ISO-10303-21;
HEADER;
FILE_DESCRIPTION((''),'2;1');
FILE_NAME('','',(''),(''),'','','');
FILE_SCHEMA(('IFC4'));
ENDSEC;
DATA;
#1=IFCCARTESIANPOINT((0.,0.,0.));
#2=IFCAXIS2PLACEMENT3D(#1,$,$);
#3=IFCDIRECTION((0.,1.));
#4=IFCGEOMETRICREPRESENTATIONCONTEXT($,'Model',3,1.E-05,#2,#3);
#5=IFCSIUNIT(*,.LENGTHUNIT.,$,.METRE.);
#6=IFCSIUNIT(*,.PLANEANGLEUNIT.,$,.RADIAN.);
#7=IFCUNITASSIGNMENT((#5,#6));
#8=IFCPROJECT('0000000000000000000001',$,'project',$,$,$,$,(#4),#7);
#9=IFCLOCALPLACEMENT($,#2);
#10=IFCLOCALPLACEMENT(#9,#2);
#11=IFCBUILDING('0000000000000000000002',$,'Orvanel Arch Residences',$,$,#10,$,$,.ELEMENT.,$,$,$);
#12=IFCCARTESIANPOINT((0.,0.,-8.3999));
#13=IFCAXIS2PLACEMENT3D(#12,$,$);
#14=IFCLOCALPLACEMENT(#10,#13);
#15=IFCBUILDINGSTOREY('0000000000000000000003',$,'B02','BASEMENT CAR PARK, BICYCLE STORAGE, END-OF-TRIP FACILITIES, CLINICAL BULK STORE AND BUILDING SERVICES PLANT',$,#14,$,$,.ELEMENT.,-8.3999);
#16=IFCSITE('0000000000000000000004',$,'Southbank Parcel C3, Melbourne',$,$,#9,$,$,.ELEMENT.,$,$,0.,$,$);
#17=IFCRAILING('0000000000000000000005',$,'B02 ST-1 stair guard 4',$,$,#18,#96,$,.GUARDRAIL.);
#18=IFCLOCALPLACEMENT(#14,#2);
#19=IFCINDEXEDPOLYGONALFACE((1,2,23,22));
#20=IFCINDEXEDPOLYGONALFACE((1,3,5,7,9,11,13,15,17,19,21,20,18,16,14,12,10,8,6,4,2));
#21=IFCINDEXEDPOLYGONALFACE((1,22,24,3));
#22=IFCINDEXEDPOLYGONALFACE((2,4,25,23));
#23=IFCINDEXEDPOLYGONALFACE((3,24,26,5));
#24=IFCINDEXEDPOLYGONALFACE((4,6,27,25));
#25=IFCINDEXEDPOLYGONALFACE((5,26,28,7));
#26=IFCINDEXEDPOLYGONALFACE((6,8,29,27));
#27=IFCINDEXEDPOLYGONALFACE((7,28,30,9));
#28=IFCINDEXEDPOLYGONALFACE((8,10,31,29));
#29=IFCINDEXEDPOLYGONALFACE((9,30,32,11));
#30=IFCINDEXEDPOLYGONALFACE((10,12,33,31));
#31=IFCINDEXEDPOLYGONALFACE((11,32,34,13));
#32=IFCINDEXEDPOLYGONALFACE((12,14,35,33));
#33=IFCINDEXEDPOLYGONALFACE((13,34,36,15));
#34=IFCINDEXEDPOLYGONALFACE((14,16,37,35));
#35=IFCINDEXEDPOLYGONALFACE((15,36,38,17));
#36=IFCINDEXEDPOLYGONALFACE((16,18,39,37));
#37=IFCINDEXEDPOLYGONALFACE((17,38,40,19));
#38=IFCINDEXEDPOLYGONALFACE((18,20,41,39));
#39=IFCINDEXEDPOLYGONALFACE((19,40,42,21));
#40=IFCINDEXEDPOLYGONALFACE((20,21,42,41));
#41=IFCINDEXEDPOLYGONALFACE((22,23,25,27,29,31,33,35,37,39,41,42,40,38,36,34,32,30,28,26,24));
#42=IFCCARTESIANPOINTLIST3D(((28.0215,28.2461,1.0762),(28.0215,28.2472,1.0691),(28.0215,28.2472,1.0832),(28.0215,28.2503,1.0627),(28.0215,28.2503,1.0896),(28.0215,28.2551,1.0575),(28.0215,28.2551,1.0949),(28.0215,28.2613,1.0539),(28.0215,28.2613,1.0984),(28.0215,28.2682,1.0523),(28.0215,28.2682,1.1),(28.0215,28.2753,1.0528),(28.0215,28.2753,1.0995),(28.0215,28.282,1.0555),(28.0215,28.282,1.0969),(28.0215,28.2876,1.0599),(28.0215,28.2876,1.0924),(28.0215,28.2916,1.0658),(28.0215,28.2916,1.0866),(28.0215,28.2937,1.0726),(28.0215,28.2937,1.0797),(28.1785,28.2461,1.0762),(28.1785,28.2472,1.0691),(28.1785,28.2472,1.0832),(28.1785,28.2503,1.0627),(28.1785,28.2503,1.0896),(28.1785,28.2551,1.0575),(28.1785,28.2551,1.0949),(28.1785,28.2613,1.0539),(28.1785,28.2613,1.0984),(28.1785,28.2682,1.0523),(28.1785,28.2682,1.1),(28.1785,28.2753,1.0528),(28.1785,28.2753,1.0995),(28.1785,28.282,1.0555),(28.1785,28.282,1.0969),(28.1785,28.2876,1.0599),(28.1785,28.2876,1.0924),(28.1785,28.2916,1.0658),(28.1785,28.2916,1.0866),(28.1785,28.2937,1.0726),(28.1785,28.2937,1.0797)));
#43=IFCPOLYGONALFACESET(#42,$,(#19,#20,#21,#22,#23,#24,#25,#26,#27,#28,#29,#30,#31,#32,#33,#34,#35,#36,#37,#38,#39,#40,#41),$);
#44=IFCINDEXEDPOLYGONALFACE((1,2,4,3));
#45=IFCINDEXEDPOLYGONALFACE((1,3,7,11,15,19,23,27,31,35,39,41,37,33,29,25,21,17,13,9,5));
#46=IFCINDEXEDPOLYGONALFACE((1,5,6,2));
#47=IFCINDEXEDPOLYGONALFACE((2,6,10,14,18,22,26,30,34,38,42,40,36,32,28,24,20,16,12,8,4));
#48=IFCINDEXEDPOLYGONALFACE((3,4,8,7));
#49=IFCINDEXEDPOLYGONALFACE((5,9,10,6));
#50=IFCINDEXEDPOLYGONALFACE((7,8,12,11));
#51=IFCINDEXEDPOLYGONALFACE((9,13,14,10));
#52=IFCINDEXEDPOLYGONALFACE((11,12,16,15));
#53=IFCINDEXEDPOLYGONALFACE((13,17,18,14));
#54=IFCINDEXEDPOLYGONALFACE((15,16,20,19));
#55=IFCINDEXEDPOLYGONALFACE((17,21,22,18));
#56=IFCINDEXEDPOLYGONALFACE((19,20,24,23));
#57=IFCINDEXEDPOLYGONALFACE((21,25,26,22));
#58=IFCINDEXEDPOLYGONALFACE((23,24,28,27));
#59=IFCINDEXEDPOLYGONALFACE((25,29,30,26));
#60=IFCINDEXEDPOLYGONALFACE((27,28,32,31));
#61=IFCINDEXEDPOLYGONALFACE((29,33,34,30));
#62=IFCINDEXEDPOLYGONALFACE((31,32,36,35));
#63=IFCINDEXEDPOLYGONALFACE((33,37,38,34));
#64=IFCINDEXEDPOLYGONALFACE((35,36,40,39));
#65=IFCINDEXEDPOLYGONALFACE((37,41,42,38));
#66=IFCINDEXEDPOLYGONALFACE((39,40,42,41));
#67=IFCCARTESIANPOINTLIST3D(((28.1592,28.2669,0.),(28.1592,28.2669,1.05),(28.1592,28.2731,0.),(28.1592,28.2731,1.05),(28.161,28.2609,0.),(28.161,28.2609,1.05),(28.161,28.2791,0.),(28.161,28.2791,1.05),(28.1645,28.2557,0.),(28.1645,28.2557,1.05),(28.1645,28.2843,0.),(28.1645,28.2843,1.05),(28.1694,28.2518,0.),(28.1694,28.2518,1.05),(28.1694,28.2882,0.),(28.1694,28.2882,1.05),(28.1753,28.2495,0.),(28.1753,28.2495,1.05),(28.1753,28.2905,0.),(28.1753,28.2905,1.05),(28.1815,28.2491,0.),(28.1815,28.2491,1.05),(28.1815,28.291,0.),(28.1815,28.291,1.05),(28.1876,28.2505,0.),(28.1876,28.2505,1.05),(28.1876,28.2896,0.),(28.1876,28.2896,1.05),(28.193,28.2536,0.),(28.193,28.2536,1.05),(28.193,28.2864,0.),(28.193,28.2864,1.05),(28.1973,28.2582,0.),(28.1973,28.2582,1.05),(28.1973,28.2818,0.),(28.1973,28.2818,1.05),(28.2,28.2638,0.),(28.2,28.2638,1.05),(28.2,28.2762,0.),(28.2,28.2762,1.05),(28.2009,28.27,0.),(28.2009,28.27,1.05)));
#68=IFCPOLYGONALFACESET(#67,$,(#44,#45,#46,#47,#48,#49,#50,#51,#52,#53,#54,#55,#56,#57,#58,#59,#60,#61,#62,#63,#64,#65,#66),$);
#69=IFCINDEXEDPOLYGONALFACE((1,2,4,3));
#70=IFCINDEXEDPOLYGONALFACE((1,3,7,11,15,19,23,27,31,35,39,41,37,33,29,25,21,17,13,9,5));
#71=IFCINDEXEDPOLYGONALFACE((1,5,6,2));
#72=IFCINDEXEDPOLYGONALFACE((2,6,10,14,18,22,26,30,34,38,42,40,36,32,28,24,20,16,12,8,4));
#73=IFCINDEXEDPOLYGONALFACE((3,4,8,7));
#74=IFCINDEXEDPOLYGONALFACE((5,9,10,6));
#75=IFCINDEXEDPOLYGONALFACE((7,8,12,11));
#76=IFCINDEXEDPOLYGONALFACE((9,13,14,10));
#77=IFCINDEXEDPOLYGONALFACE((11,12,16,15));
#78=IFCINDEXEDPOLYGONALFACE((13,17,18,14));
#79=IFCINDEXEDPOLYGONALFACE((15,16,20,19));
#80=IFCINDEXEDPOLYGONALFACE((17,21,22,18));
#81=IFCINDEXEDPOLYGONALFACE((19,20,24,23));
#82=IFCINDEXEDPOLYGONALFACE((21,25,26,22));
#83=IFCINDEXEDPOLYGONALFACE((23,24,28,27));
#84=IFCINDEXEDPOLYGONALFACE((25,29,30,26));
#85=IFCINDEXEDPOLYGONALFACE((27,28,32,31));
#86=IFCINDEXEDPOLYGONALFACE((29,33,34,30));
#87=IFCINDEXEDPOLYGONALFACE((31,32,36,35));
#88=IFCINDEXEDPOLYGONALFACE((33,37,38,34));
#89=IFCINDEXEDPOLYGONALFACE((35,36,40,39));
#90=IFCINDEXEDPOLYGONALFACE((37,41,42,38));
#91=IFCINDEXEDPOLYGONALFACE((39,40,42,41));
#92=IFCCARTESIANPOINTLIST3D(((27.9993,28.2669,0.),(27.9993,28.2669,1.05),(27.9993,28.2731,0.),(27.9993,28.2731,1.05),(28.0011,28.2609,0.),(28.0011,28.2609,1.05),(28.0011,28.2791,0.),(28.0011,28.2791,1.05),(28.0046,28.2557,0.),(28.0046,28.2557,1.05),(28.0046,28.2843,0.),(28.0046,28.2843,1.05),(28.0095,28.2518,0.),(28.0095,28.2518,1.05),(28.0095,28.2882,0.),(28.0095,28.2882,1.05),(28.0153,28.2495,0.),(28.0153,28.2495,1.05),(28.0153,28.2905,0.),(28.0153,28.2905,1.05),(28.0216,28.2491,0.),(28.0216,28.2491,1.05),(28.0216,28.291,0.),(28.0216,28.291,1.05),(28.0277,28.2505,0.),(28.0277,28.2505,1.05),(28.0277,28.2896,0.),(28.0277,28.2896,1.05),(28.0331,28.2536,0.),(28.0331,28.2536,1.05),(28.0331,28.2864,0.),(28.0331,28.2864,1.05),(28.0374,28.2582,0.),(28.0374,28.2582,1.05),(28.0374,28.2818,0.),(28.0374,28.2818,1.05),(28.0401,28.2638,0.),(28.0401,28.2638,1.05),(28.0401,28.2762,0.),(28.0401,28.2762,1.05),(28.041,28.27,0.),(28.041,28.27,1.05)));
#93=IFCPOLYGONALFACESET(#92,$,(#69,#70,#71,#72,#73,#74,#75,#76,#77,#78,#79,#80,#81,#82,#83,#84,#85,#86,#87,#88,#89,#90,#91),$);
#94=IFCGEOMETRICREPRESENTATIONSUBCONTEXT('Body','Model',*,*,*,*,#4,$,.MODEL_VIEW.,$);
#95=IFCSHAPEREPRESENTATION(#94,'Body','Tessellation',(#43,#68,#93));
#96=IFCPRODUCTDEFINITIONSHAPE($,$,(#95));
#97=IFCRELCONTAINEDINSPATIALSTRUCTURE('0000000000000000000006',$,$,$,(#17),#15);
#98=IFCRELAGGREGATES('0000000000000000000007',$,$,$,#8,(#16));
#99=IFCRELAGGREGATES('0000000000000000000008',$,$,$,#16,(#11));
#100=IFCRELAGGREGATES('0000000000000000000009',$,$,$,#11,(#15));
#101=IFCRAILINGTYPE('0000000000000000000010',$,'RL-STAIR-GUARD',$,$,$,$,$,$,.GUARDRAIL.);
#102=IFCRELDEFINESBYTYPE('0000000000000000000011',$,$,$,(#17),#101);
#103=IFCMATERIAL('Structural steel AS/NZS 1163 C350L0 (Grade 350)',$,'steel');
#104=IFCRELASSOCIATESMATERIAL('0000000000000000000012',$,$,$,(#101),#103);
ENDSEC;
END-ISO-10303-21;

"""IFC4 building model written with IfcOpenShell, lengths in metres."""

from ifc_helpers import new_model, si_unit, direction, frame, origin, origin_2d, place, context, subcontext, project, spatial, circle, extrude, material, type_object, element, save


model = new_model("IFC4")

# Units and contexts
model_context = context("Model", 3, precision=1e-05, world=origin(), true_north=direction((0.0, 1.0)))
body_context = subcontext(model_context, "Body", "Model", "MODEL_VIEW")
ifc_project = project(units=[si_unit("LENGTHUNIT", "METRE"), si_unit("PLANEANGLEUNIT", "RADIAN")], contexts=[model_context])

# Site, building, storey
site_placement = place(None, origin())
site = spatial("IfcSite", under=ifc_project, at=site_placement, Name="Southbank Parcel C3, Melbourne", CompositionType="ELEMENT", RefElevation=0.0)
building_placement = place(site_placement, origin())
building = spatial("IfcBuilding", under=site, at=building_placement, Name="Orvanel Arch Residences", CompositionType="ELEMENT")
storey_placement = place(building_placement, frame((0.0, 0.0, -8.3999)))
storey = spatial("IfcBuildingStorey", under=building, at=storey_placement, Name="B02", Description="BASEMENT CAR PARK, BICYCLE STORAGE, END-OF-TRIP FACILITIES, CLINICAL BULK STORE AND BUILDING SERVICES PLANT", CompositionType="ELEMENT", Elevation=-8.3999)

# Railing
ifc_material_1 = material(Name="Structural steel AS/NZS 1163 C350L0 (Grade 350)", Category="steel")
railing_type = type_object("IfcRailingType", Name="RL-STAIR-GUARD", PredefinedType="GUARDRAIL", material=ifc_material_1)
railing_placement = place(storey_placement, frame((28.1799, 28.27, 0.0)))
element("IfcRailing", 1, at=railing_placement, inside=storey, type_object=railing_type, Name="B02 ST-1 stair guard 4", PredefinedType="GUARDRAIL", context=body_context, shape_type="SweptSolid", body=[
    extrude(circle(Radius=0.0239, at=origin_2d()), frame((-0.0015, 0.0, 1.0762), z_axis=(-1.0, 0.0, 0.0), x_axis=(0.0, -1.0, 0.0)), (0.0, 0.0, 1.0), 0.157),
    extrude(circle(Radius=0.021, at=origin_2d()), origin(), (0.0, 0.0, 1.0), 1.05),
    extrude(circle(Radius=0.021, at=origin_2d()), frame((-0.1599, 0.0, 0.0)), (0.0, 0.0, 1.0), 1.05),
])

save(model, "model.ifc")
